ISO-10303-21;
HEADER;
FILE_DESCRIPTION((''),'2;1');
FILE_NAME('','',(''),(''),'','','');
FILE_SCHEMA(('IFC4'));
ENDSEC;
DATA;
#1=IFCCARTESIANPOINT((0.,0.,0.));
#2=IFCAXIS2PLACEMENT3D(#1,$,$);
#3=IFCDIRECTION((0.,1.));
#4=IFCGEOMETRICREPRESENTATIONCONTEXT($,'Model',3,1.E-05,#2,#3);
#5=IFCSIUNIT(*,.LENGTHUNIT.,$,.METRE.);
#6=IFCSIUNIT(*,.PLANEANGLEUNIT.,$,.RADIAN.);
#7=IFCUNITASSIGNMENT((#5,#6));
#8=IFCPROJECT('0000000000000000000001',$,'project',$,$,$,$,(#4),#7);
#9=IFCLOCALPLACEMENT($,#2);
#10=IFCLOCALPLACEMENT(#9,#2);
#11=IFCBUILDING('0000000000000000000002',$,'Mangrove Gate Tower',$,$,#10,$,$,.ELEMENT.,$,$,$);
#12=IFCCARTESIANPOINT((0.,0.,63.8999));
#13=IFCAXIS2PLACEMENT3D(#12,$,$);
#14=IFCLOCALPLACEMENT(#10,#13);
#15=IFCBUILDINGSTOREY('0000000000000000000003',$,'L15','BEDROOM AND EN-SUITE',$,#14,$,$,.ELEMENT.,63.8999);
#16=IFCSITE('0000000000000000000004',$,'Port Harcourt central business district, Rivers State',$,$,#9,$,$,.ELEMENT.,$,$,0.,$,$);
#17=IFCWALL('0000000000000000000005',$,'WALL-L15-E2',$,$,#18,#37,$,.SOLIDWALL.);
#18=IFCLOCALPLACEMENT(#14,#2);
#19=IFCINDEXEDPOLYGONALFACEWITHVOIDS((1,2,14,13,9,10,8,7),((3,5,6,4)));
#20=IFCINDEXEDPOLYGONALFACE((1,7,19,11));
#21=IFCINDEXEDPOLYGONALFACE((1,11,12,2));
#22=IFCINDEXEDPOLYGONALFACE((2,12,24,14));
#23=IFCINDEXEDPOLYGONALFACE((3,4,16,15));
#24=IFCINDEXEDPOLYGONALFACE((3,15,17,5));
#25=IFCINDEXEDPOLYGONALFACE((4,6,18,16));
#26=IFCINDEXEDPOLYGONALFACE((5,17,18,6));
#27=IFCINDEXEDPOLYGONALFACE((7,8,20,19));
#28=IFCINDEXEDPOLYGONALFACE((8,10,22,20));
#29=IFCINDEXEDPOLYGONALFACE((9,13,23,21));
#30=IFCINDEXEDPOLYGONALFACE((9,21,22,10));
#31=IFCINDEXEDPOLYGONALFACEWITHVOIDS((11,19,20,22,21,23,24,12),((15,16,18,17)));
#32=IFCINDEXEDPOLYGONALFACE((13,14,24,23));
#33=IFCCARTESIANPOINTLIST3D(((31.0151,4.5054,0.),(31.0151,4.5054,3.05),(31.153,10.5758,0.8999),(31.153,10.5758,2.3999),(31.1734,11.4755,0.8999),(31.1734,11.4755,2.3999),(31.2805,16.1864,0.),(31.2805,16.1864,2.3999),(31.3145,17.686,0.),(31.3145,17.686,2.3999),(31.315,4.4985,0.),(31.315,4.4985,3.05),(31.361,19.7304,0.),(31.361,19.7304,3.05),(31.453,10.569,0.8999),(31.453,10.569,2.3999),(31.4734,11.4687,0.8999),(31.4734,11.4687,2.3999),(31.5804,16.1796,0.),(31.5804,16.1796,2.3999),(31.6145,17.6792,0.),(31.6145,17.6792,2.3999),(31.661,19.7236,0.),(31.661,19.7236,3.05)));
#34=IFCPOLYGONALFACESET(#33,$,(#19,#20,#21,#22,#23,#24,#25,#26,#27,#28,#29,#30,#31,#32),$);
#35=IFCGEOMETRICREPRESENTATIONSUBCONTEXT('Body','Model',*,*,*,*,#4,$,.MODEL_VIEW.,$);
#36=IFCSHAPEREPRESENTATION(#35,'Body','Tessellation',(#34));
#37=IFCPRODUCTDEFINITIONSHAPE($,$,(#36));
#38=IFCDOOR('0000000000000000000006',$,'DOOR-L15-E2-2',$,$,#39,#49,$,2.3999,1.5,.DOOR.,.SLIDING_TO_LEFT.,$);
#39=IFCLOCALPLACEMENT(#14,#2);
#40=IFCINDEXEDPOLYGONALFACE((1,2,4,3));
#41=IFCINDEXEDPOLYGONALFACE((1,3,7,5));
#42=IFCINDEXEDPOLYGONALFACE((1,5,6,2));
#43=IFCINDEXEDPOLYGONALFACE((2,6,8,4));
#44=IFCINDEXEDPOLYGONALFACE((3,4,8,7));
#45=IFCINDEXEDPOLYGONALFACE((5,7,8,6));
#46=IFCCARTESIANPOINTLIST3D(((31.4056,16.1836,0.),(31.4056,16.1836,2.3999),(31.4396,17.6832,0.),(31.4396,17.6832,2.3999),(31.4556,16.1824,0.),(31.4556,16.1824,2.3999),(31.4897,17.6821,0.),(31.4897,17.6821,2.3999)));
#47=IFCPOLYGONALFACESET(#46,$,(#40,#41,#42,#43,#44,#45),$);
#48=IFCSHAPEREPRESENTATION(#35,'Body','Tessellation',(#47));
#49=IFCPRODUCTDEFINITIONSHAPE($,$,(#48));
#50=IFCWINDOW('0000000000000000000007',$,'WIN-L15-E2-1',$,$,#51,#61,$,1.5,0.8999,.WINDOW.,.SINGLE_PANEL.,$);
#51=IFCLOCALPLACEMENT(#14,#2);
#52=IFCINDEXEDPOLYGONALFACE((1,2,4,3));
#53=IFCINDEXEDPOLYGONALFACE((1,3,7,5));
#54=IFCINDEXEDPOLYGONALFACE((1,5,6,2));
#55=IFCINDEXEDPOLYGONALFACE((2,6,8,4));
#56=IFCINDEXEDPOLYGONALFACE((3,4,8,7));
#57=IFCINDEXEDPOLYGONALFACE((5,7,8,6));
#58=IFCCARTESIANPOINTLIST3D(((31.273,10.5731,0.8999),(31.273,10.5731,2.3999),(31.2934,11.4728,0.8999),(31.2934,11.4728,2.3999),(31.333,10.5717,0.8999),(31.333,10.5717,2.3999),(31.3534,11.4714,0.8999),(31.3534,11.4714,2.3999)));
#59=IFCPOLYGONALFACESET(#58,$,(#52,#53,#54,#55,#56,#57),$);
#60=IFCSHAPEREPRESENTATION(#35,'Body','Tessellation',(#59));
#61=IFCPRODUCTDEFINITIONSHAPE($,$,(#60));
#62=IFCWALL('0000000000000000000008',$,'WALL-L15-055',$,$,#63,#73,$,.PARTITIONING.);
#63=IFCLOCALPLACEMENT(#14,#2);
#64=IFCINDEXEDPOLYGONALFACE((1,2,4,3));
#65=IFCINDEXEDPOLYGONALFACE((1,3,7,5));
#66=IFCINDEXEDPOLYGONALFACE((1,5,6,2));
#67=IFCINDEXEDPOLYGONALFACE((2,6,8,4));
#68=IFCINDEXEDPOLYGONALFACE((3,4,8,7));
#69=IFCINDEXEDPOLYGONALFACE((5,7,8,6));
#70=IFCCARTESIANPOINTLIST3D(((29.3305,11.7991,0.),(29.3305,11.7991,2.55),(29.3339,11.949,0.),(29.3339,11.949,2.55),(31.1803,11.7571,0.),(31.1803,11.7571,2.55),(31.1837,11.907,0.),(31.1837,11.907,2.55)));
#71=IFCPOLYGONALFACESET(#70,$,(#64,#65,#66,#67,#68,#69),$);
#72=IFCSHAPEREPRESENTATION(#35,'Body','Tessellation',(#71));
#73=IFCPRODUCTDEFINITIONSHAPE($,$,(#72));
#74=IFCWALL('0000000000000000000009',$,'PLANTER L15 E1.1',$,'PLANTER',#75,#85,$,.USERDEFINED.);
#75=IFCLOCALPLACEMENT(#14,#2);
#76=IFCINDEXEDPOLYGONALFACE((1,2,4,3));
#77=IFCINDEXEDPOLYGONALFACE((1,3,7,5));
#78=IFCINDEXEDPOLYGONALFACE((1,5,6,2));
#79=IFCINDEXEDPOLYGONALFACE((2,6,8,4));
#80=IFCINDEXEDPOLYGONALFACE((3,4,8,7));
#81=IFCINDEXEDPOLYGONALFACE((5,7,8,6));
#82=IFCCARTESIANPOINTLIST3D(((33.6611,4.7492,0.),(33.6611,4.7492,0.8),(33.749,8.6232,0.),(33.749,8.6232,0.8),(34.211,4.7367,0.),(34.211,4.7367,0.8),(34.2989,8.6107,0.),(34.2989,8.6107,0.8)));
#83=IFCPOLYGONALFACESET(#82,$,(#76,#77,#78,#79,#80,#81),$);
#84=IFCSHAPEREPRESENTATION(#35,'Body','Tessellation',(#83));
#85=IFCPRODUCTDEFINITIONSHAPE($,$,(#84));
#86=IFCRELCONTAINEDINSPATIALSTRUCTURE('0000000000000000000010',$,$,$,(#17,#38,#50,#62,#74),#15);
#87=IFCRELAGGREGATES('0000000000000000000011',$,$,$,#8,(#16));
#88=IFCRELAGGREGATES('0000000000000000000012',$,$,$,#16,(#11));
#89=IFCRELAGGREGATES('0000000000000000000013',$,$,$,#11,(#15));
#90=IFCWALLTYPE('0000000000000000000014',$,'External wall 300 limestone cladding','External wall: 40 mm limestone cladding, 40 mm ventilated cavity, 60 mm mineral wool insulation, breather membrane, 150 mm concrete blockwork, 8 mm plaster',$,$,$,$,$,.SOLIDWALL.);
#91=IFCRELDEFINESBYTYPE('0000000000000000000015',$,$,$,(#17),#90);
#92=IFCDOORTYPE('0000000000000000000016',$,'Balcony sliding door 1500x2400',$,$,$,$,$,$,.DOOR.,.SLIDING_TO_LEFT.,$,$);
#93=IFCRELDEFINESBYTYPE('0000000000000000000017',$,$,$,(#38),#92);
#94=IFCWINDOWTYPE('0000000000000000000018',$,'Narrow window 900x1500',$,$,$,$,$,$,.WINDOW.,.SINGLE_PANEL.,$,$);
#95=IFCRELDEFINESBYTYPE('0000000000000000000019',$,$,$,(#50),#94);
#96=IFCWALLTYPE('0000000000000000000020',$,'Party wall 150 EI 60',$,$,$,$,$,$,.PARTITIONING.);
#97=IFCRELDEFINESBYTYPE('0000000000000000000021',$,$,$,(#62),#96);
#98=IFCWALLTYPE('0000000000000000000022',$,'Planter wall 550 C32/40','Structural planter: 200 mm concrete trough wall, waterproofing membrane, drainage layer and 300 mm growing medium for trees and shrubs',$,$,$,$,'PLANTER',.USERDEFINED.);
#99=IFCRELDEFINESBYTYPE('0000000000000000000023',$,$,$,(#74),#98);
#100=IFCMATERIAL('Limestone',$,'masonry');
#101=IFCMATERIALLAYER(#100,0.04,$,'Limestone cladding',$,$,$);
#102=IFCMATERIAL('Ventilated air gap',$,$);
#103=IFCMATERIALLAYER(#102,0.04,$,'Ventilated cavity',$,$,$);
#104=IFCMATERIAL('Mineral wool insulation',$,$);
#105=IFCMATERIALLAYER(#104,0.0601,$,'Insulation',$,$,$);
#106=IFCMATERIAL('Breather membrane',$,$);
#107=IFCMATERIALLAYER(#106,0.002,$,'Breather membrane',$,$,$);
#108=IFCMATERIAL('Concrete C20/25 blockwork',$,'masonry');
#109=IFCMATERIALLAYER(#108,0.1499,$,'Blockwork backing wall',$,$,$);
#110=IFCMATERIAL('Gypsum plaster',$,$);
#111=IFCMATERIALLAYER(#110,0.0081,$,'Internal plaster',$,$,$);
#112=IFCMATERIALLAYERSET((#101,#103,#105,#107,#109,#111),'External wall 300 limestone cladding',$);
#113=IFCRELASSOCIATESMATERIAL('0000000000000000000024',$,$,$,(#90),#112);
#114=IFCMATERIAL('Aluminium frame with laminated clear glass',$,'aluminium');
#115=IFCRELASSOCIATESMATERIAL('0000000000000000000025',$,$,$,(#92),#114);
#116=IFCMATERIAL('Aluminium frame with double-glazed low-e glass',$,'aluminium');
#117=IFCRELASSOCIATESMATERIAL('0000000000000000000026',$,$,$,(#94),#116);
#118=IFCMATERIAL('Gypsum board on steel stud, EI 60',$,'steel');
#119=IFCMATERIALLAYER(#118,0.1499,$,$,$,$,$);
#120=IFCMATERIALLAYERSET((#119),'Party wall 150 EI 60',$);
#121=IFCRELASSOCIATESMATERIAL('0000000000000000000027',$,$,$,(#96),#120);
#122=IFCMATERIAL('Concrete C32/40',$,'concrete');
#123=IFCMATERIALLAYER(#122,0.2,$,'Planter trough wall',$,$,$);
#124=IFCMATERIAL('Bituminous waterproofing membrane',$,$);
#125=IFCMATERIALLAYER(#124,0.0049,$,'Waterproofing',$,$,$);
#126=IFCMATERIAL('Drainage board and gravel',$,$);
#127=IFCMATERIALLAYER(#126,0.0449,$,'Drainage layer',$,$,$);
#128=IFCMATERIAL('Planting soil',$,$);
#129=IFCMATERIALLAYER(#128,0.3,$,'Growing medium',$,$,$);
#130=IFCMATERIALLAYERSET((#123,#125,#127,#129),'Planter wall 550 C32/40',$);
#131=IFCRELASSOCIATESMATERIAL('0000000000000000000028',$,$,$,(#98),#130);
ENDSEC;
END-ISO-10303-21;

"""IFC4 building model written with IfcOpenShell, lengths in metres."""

from ifc_helpers import new_model, si_unit, direction, frame, frame_2d, origin, place, context, subcontext, project, spatial, rectangle, extrude, material, layer, layer_set, type_object, element, fill, save


model = new_model("IFC4")

# Units and contexts
model_context = context("Model", 3, precision=1e-05, world=origin(), true_north=direction((0.0, 1.0)))
body_context = subcontext(model_context, "Body", "Model", "MODEL_VIEW")
ifc_project = project(units=[si_unit("LENGTHUNIT", "METRE"), si_unit("PLANEANGLEUNIT", "RADIAN")], contexts=[model_context])

# Site, building, storey
site_placement = place(None, origin())
site = spatial("IfcSite", under=ifc_project, at=site_placement, Name="Port Harcourt central business district, Rivers State", CompositionType="ELEMENT", RefElevation=0.0)
building_placement = place(site_placement, origin())
building = spatial("IfcBuilding", under=site, at=building_placement, Name="Mangrove Gate Tower", CompositionType="ELEMENT")
storey_placement = place(building_placement, frame((0.0, 0.0, 63.8999)))
storey = spatial("IfcBuildingStorey", under=building, at=storey_placement, Name="L15", Description="BEDROOM AND EN-SUITE", CompositionType="ELEMENT", Elevation=63.8999)

# Wall, openings, door, window
ifc_material_1 = material(Name="Limestone", Category="masonry")
ifc_layer_1 = layer(ifc_material_1, 0.04, Name="Limestone cladding")
ifc_material_2 = material(Name="Ventilated air gap")
ifc_layer_2 = layer(ifc_material_2, 0.04, Name="Ventilated cavity")
ifc_material_3 = material(Name="Mineral wool insulation")
ifc_layer_3 = layer(ifc_material_3, 0.0601, Name="Insulation")
ifc_material_4 = material(Name="Breather membrane")
ifc_layer_4 = layer(ifc_material_4, 0.002, Name="Breather membrane")
ifc_material_5 = material(Name="Concrete C20/25 blockwork", Category="masonry")
ifc_layer_5 = layer(ifc_material_5, 0.1499, Name="Blockwork backing wall")
ifc_material_6 = material(Name="Gypsum plaster")
ifc_layer_6 = layer(ifc_material_6, 0.0081, Name="Internal plaster")
ifc_layer_set_1 = layer_set([ifc_layer_1, ifc_layer_2, ifc_layer_3, ifc_layer_4, ifc_layer_5, ifc_layer_6], Name="External wall 300 limestone cladding")
wall_type_1 = type_object("IfcWallType", Name="External wall 300 limestone cladding", Description="External wall: 40 mm limestone cladding, 40 mm ventilated cavity, 60 mm mineral wool insulation, breather membrane, 150 mm concrete blockwork, 8 mm plaster", PredefinedType="SOLIDWALL", material=ifc_layer_set_1)
wall_1_placement = place(storey_placement, frame((31.165, 4.502, 0.0), z_axis=(0.0, 0.0, 1.0), x_axis=(0.022716, 0.999742, 0.0)))
wall_1 = element("IfcWall", 1, at=wall_1_placement, inside=storey, type_object=wall_type_1, Name="WALL-L15-E2", PredefinedType="SOLIDWALL", context=body_context, shape_type="SweptSolid", body=[
    extrude(rectangle(XDim=15.229, YDim=0.3, at=frame_2d((7.6145, 0.0))), origin(), (0.0, 0.0, 1.0), 3.05),
])
opening_1_placement = place(wall_1_placement, frame((6.072, 0.0, 0.8999)))
opening_1 = element("IfcOpeningElement", 2, at=opening_1_placement, cuts=wall_1, PredefinedType="OPENING", context=body_context, shape_type="SweptSolid", body=[
    extrude(rectangle(XDim=0.8999, YDim=1.5, at=frame_2d((0.45, 0.75))), frame((0.0, 0.1599, 0.0), z_axis=(0.0, -1.0, 0.0), x_axis=(1.0, 0.0, 0.0)), (0.0, 0.0, 1.0), 0.3201),
])
opening_2_placement = place(wall_1_placement, frame((11.6841, 0.0, 0.0)))
opening_2 = element("IfcOpeningElement", 3, at=opening_2_placement, cuts=wall_1, PredefinedType="OPENING", context=body_context, shape_type="SweptSolid", body=[
    extrude(rectangle(XDim=1.5, YDim=2.3999, at=frame_2d((0.75, 1.2))), frame((0.0, 0.1599, 0.0), z_axis=(0.0, -1.0, 0.0), x_axis=(1.0, 0.0, 0.0)), (0.0, 0.0, 1.0), 0.3201),
])
ifc_material_7 = material(Name="Aluminium frame with laminated clear glass", Category="aluminium")
door_type = type_object("IfcDoorType", Name="Balcony sliding door 1500x2400", OperationType="SLIDING_TO_LEFT", PredefinedType="DOOR", material=ifc_material_7)
door_placement = place(opening_2_placement, origin())
door = element("IfcDoor", 4, at=door_placement, inside=storey, type_object=door_type, Name="DOOR-L15-E2-2", OperationType="SLIDING_TO_LEFT", OverallHeight=2.3999, OverallWidth=1.5, PredefinedType="DOOR", context=body_context, shape_type="SweptSolid", body=[
    extrude(rectangle(XDim=1.5, YDim=2.3999, at=frame_2d((0.75, 1.2))), frame((0.0, 0.0249, 0.0), z_axis=(0.0, -1.0, 0.0), x_axis=(1.0, 0.0, 0.0)), (0.0, 0.0, 1.0), 0.05),
])
fill(opening_2, door)
ifc_material_8 = material(Name="Aluminium frame with double-glazed low-e glass", Category="aluminium")
window_type = type_object("IfcWindowType", Name="Narrow window 900x1500", PartitioningType="SINGLE_PANEL", PredefinedType="WINDOW", material=ifc_material_8)
window_placement = place(opening_1_placement, origin())
window = element("IfcWindow", 5, at=window_placement, inside=storey, type_object=window_type, Name="WIN-L15-E2-1", OverallHeight=1.5, OverallWidth=0.8999, PartitioningType="SINGLE_PANEL", PredefinedType="WINDOW", context=body_context, shape_type="SweptSolid", body=[
    extrude(rectangle(XDim=0.8999, YDim=1.5, at=frame_2d((0.45, 0.75))), frame((0.0, 0.03, 0.0), z_axis=(0.0, -1.0, 0.0), x_axis=(1.0, 0.0, 0.0)), (0.0, 0.0, 1.0), 0.0601),
])
fill(opening_1, window)

# Walls
ifc_material_9 = material(Name="Gypsum board on steel stud, EI 60", Category="steel")
ifc_layer_7 = layer(ifc_material_9, 0.1499)
ifc_layer_set_2 = layer_set([ifc_layer_7], Name="Party wall 150 EI 60")
wall_type_2 = type_object("IfcWallType", Name="Party wall 150 EI 60", PredefinedType="PARTITIONING", material=ifc_layer_set_2)
wall_2_placement = place(storey_placement, frame((29.332, 11.874, 0.0), z_axis=(0.0, 0.0, 1.0), x_axis=(0.999742, -0.022694, 0.0)))
element("IfcWall", 6, at=wall_2_placement, inside=storey, type_object=wall_type_2, Name="WALL-L15-055", PredefinedType="PARTITIONING", context=body_context, shape_type="SweptSolid", body=[
    extrude(rectangle(XDim=1.8503, YDim=0.1499, at=frame_2d((0.9253, 0.0))), origin(), (0.0, 0.0, 1.0), 2.55),
])
ifc_material_10 = material(Name="Concrete C32/40", Category="concrete")
ifc_layer_8 = layer(ifc_material_10, 0.2, Name="Planter trough wall")
ifc_material_11 = material(Name="Bituminous waterproofing membrane")
ifc_layer_9 = layer(ifc_material_11, 0.0049, Name="Waterproofing")
ifc_material_12 = material(Name="Drainage board and gravel")
ifc_layer_10 = layer(ifc_material_12, 0.0449, Name="Drainage layer")
ifc_material_13 = material(Name="Planting soil")
ifc_layer_11 = layer(ifc_material_13, 0.3, Name="Growing medium")
ifc_layer_set_3 = layer_set([ifc_layer_8, ifc_layer_9, ifc_layer_10, ifc_layer_11], Name="Planter wall 550 C32/40")
wall_type_3 = type_object("IfcWallType", Name="Planter wall 550 C32/40", Description="Structural planter: 200 mm concrete trough wall, waterproofing membrane, drainage layer and 300 mm growing medium for trees and shrubs", ElementType="PLANTER", PredefinedType="USERDEFINED", material=ifc_layer_set_3)
wall_3_placement = place(storey_placement, frame((33.936, 4.7429, 0.0), z_axis=(0.0, 0.0, 1.0), x_axis=(0.022681, 0.999743, 0.0)))
element("IfcWall", 7, at=wall_3_placement, inside=storey, type_object=wall_type_3, Name="PLANTER L15 E1.1", ObjectType="PLANTER", PredefinedType="USERDEFINED", context=body_context, shape_type="SweptSolid", body=[
    extrude(rectangle(XDim=3.875, YDim=0.55, at=frame_2d((1.9375, 0.0))), origin(), (0.0, 0.0, 1.0), 0.8),
])

save(model, "model.ifc")
